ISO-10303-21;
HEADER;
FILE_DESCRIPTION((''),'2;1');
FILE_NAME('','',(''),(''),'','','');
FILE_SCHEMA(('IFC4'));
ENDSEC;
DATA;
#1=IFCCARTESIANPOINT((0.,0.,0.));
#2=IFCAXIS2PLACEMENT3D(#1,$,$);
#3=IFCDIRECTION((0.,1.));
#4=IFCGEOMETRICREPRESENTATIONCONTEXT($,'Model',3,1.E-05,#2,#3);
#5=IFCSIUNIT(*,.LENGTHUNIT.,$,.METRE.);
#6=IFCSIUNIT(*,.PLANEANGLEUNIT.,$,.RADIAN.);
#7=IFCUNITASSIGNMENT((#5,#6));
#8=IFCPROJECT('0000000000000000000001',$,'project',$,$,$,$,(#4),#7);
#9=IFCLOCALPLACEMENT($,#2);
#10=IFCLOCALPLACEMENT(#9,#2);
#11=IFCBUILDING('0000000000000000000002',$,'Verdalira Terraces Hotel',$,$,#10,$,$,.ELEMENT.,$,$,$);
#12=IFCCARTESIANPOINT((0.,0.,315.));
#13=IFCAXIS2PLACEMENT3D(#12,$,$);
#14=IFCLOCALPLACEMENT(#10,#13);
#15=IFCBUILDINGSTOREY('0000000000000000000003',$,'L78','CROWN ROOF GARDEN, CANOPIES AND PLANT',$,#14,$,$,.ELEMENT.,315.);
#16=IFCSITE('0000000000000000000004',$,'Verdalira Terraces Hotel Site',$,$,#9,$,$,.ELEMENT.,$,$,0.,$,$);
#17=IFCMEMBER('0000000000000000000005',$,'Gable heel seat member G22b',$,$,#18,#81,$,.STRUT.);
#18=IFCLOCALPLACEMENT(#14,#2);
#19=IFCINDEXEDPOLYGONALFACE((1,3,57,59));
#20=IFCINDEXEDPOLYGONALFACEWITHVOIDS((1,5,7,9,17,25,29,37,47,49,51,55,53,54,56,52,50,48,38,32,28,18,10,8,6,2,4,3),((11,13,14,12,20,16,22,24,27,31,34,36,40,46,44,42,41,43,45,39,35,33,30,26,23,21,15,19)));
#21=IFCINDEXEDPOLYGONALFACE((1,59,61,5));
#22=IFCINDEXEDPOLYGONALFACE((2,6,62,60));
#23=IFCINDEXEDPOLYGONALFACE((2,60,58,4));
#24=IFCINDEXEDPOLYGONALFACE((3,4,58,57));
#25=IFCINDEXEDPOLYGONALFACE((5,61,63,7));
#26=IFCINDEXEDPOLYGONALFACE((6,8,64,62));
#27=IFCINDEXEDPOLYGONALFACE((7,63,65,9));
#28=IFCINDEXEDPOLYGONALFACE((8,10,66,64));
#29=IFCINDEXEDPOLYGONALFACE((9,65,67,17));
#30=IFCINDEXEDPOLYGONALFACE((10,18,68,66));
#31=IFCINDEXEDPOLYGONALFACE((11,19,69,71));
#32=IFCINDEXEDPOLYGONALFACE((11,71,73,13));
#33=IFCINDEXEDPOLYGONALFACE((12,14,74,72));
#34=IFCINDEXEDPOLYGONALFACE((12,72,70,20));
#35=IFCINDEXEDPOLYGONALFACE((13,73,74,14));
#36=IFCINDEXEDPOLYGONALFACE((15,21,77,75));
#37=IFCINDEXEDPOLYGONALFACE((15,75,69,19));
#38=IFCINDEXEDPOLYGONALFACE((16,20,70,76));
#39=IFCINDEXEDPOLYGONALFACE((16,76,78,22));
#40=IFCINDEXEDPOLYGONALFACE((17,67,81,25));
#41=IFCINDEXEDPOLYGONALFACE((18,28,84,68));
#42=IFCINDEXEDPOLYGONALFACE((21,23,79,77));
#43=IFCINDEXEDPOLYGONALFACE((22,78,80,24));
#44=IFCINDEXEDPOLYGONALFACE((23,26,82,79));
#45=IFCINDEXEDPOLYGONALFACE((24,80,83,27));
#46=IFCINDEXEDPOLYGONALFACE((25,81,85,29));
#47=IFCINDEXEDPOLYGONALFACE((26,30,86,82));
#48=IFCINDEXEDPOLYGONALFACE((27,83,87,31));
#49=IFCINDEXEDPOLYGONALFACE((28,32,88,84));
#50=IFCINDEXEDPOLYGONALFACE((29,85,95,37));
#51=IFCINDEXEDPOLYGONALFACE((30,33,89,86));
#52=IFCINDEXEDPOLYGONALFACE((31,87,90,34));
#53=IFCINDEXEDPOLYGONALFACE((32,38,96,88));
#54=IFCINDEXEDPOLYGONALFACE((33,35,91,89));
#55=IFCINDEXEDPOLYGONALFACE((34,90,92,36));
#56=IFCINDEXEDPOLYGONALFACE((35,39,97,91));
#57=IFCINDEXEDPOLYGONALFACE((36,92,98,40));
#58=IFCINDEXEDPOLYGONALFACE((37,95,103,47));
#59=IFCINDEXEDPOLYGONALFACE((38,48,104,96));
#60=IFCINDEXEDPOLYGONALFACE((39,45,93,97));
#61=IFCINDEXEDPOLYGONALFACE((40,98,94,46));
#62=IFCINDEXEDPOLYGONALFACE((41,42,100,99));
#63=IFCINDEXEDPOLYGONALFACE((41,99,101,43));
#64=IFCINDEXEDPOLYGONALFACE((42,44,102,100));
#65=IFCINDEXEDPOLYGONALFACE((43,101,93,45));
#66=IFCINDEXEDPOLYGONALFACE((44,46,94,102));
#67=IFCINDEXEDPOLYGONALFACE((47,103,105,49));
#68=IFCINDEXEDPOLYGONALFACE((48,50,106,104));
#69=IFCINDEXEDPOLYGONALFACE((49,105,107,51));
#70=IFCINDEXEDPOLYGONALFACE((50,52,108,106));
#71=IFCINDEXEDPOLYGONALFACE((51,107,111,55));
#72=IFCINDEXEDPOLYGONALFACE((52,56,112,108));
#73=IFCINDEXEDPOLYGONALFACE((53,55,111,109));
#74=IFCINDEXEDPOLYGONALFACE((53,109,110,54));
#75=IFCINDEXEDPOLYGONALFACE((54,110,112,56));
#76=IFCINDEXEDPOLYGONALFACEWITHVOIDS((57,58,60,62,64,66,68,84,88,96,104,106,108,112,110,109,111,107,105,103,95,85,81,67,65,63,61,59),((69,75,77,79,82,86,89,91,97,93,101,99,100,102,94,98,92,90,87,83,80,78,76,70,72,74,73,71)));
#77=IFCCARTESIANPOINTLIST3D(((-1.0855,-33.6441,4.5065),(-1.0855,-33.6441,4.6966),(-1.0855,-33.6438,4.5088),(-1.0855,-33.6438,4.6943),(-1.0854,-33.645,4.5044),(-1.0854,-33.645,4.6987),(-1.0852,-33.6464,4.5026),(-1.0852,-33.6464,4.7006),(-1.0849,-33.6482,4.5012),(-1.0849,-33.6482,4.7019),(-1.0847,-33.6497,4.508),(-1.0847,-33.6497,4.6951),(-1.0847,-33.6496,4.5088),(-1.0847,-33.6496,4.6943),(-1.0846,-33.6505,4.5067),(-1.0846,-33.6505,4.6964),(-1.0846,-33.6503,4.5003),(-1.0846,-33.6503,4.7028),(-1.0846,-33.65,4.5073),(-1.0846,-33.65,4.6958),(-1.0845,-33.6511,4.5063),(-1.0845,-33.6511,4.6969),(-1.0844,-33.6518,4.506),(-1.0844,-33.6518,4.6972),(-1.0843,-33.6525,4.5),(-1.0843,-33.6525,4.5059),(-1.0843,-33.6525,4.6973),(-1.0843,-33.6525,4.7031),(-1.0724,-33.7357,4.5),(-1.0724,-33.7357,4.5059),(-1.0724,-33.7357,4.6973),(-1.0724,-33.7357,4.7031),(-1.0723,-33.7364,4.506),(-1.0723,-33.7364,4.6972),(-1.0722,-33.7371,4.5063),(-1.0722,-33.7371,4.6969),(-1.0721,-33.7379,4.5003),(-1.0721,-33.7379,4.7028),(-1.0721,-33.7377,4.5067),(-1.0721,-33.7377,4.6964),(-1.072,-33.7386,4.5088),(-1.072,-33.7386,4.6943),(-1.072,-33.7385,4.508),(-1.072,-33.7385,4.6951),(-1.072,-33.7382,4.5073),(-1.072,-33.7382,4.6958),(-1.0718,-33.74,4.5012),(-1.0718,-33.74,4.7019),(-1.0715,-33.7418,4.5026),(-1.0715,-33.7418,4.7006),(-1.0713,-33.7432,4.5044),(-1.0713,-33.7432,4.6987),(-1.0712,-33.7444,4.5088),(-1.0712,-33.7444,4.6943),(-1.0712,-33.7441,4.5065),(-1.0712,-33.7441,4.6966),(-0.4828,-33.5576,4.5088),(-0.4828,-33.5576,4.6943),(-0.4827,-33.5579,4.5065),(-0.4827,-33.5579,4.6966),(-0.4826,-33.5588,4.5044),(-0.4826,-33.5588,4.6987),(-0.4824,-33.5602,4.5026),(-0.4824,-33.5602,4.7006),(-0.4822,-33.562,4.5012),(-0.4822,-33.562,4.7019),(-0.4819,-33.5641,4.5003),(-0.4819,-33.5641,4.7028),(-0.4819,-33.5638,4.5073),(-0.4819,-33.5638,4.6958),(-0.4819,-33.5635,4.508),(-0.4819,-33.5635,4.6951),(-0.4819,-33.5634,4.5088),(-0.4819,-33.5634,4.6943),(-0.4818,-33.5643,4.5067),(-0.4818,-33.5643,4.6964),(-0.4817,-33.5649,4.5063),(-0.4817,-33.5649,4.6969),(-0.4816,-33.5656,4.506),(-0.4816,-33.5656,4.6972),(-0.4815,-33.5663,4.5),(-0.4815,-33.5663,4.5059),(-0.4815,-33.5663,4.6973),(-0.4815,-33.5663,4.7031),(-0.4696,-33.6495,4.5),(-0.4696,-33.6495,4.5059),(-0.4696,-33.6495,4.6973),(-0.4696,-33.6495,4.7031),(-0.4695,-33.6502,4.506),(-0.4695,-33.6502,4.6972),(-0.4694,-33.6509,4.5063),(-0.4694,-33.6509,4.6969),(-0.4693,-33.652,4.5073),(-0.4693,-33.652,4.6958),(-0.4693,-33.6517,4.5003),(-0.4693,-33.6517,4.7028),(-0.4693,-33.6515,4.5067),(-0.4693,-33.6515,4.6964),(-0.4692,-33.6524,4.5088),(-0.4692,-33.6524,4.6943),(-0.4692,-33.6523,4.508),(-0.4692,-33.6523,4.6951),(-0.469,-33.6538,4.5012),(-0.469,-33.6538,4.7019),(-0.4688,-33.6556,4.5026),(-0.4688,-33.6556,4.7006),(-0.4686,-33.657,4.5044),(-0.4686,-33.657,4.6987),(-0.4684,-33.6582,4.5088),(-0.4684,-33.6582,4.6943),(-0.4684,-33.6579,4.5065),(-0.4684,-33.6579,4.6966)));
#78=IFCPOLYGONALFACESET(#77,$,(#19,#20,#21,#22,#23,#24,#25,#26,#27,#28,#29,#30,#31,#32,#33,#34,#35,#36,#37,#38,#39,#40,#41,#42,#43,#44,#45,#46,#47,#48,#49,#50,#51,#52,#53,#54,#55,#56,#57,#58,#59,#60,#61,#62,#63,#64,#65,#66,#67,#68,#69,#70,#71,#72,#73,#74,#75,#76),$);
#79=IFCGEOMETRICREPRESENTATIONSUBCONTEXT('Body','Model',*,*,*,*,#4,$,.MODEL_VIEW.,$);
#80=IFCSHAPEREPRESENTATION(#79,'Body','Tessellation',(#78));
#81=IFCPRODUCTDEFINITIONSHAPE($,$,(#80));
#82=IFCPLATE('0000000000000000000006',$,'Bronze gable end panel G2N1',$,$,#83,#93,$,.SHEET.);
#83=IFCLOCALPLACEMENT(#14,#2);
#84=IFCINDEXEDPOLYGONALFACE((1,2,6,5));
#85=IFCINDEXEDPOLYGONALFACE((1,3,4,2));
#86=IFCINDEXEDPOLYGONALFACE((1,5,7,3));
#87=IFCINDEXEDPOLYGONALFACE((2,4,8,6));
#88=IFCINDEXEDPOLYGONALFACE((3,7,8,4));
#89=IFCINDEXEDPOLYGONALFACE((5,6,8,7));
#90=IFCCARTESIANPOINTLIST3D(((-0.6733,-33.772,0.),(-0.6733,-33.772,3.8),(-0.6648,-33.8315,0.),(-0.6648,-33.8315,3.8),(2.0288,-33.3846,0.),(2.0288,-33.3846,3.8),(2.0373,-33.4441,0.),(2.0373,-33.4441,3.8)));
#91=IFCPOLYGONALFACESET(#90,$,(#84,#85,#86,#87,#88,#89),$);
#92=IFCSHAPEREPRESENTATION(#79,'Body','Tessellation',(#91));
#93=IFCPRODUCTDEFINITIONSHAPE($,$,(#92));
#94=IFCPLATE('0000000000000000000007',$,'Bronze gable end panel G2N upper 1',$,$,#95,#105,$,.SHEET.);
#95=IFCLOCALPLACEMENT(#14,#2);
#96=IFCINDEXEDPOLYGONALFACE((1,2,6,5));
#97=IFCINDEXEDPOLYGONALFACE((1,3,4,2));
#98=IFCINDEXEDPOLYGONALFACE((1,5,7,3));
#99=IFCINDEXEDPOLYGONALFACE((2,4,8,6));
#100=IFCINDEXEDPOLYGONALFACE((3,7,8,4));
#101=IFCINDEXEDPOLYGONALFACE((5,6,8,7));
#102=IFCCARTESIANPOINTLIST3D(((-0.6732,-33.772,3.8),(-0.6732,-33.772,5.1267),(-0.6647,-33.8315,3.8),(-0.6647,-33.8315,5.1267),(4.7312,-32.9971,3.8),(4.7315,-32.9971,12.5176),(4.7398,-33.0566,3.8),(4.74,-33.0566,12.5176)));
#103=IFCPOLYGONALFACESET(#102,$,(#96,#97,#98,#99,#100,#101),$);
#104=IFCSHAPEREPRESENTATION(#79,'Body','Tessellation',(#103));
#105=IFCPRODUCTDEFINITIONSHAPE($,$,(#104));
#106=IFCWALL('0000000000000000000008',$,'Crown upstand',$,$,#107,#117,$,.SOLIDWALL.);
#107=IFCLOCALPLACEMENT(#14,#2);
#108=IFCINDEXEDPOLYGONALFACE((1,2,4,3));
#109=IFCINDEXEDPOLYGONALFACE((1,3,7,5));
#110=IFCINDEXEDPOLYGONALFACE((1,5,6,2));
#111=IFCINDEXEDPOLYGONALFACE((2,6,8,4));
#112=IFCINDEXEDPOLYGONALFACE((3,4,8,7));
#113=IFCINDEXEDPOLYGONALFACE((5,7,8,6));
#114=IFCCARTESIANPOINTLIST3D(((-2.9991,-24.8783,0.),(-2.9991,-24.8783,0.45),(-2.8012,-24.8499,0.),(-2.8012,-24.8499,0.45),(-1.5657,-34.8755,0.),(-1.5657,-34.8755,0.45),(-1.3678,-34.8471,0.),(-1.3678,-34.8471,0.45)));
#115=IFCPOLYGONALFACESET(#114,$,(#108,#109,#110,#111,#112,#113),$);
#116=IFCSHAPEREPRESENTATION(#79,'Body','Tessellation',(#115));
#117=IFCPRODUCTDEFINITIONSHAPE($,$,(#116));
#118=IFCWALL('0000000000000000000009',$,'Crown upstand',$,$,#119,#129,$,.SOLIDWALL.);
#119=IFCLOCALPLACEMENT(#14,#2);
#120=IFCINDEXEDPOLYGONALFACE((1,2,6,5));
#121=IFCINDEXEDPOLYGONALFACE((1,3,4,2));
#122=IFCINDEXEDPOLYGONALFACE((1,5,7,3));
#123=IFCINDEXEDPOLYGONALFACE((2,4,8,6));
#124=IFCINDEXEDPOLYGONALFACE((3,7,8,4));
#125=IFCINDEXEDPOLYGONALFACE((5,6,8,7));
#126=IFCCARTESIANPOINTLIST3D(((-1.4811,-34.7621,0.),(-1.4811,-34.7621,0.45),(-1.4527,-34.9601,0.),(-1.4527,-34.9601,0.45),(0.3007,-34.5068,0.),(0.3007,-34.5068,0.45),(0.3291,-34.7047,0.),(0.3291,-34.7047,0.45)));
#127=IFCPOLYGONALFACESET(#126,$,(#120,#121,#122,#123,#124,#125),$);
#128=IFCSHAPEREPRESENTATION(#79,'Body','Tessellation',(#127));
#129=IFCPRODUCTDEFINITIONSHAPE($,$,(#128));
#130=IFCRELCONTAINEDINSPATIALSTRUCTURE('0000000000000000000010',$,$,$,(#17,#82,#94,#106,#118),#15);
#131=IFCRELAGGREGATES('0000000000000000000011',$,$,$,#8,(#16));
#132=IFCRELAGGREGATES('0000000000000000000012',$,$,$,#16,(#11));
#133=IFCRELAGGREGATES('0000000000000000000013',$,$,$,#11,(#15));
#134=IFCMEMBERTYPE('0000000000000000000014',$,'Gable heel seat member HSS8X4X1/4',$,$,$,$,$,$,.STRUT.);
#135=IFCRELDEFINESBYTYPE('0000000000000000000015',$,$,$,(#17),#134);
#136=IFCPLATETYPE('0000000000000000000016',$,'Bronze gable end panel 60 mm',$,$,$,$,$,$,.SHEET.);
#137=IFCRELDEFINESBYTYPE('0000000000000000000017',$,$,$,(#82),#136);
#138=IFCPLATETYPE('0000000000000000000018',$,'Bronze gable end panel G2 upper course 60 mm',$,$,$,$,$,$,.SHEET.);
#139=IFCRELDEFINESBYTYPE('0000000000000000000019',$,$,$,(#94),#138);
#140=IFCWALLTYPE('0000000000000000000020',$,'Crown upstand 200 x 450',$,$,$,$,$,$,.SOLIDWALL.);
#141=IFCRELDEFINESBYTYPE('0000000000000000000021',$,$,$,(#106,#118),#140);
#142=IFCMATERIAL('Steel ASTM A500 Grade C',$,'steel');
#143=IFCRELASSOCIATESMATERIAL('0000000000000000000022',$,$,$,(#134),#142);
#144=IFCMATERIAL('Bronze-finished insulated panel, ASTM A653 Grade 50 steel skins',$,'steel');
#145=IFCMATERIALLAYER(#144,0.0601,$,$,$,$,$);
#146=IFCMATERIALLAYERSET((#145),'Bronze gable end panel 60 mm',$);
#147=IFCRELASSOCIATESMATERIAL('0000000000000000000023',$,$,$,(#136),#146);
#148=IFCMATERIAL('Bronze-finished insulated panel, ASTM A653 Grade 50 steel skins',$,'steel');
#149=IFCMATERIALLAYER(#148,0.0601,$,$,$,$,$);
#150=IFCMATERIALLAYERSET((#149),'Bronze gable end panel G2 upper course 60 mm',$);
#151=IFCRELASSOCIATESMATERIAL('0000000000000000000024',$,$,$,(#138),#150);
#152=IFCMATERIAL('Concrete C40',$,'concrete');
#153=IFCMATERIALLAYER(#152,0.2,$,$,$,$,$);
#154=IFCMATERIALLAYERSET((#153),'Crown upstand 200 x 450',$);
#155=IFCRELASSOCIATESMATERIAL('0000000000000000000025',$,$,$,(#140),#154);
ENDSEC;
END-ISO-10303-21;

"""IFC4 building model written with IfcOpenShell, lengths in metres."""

from ifc_helpers import new_model, si_unit, direction, frame, frame_2d, origin, origin_2d, place, context, subcontext, project, spatial, polyline, rectangle, hollow_rectangle, outline, extrude, material, layer, layer_set, material_profile, profile_set, type_object, element, save


model = new_model("IFC4")

# Units and contexts
model_context = context("Model", 3, precision=1e-05, world=origin(), true_north=direction((0.0, 1.0)))
body_context = subcontext(model_context, "Body", "Model", "MODEL_VIEW")
ifc_project = project(units=[si_unit("LENGTHUNIT", "METRE"), si_unit("PLANEANGLEUNIT", "RADIAN")], contexts=[model_context])

# Site, building, storey
site_placement = place(None, origin())
site = spatial("IfcSite", under=ifc_project, at=site_placement, Name="Verdalira Terraces Hotel Site", CompositionType="ELEMENT", RefElevation=0.0)
building_placement = place(site_placement, origin())
building = spatial("IfcBuilding", under=site, at=building_placement, Name="Verdalira Terraces Hotel", CompositionType="ELEMENT")
storey_placement = place(building_placement, frame((0.0, 0.0, 315.0)))
storey = spatial("IfcBuildingStorey", under=building, at=storey_placement, Name="L78", Description="CROWN ROOF GARDEN, CANOPIES AND PLANT", CompositionType="ELEMENT", Elevation=315.0)

# Member
ifc_material_1 = material(Name="Steel ASTM A500 Grade C", Category="steel")
ifc_material_profile_1 = material_profile(ifc_material_1, hollow_rectangle(XDim=0.1016, YDim=0.2031, WallThickness=0.0059, InnerFilletRadius=0.0029, OuterFilletRadius=0.0088, at=origin_2d()), Name="HSS8X4X1/4")
ifc_profile_set_1 = profile_set([ifc_material_profile_1], Name="Steel ASTM A500 Grade C")
member_type_1 = type_object("IfcMemberType", Name="Gable heel seat member HSS8X4X1/4", PredefinedType="STRUT", material=ifc_profile_set_1)
member_1_placement = place(storey_placement, frame((-0.4756, -33.6079, 4.6016), z_axis=(-0.989933, -0.141534, 0.0), x_axis=(0.141534, -0.989933, 0.0)))
element("IfcMember", 1, at=member_1_placement, inside=storey, type_object=member_type_1, Name="Gable heel seat member G22b", PredefinedType="STRUT", context=body_context, shape_type="SweptSolid", body=[
    extrude(hollow_rectangle(XDim=0.1016, YDim=0.2031, WallThickness=0.0059, InnerFilletRadius=0.0029, OuterFilletRadius=0.0088, at=origin_2d()), origin(), (0.0, 0.0, 1.0), 0.6089),
])

# Plates
ifc_material_2 = material(Name="Bronze-finished insulated panel, ASTM A653 Grade 50 steel skins", Category="steel")
ifc_layer_1 = layer(ifc_material_2, 0.0601)
ifc_layer_set_1 = layer_set([ifc_layer_1], Name="Bronze gable end panel 60 mm")
plate_type_1 = type_object("IfcPlateType", Name="Bronze gable end panel 60 mm", PredefinedType="SHEET", material=ifc_layer_set_1)
plate_1_placement = place(storey_placement, frame((-0.6689, -33.8018, 0.0), z_axis=(0.0, 0.0, 1.0), x_axis=(0.989876, 0.141935, 0.0)))
element("IfcPlate", 2, at=plate_1_placement, inside=storey, type_object=plate_type_1, Name="Bronze gable end panel G2N1", PredefinedType="SHEET", context=body_context, shape_type="SweptSolid", body=[
    extrude(rectangle(XDim=2.7297, YDim=0.0601, at=frame_2d((1.3647, 0.0))), origin(), (0.0, 0.0, 1.0), 3.8),
])
ifc_material_3 = material(Name="Bronze-finished insulated panel, ASTM A653 Grade 50 steel skins", Category="steel")
ifc_layer_2 = layer(ifc_material_3, 0.0601)
ifc_layer_set_2 = layer_set([ifc_layer_2], Name="Bronze gable end panel G2 upper course 60 mm")
plate_type_2 = type_object("IfcPlateType", Name="Bronze gable end panel G2 upper course 60 mm", PredefinedType="SHEET", material=ifc_layer_set_2)
plate_2_placement = place(storey_placement, frame((-0.6689, -33.8018, 3.8), z_axis=(0.0, 0.0, 1.0), x_axis=(0.989877, 0.141928, 0.0)))
element("IfcPlate", 3, at=plate_2_placement, inside=storey, type_object=plate_type_2, Name="Bronze gable end panel G2N upper 1", PredefinedType="SHEET", context=body_context, shape_type="SweptSolid", body=[
    extrude(outline(polyline([(0.0, 0.0), (5.4597, 0.0), (5.46, 8.7175), (0.0, 1.3267), (0.0, 0.0)])), frame((0.0, 0.03, 0.0), z_axis=(0.0, -1.0, 0.0), x_axis=(1.0, 0.0, 0.0)), (0.0, 0.0, 1.0), 0.0601),
])

# Walls
ifc_material_4 = material(Name="Concrete C40", Category="concrete")
ifc_layer_3 = layer(ifc_material_4, 0.2)
ifc_layer_set_3 = layer_set([ifc_layer_3], Name="Crown upstand 200 x 450")
wall_type = type_object("IfcWallType", Name="Crown upstand 200 x 450", PredefinedType="SOLIDWALL", material=ifc_layer_set_3)
wall_1_placement = place(storey_placement, frame((-2.9001, -24.864, 0.0), z_axis=(0.0, 0.0, 1.0), x_axis=(0.141926, -0.989877, 0.0)))
element("IfcWall", 4, at=wall_1_placement, inside=storey, type_object=wall_type, Name="Crown upstand", PredefinedType="SOLIDWALL", context=body_context, shape_type="SweptSolid", body=[
    extrude(rectangle(XDim=10.0994, YDim=0.2, at=frame_2d((5.0498, 0.0))), origin(), (0.0, 0.0, 1.0), 0.45),
])
wall_2_placement = place(storey_placement, frame((-1.4668, -34.8611, 0.0), z_axis=(0.0, 0.0, 1.0), x_axis=(0.989884, 0.141877, 0.0)))
element("IfcWall", 5, at=wall_2_placement, inside=storey, type_object=wall_type, Name="Crown upstand", PredefinedType="SOLIDWALL", context=body_context, shape_type="SweptSolid", body=[
    extrude(rectangle(XDim=1.8, YDim=0.2, at=frame_2d((0.8999, 0.0))), origin(), (0.0, 0.0, 1.0), 0.45),
])

save(model, "model.ifc")
